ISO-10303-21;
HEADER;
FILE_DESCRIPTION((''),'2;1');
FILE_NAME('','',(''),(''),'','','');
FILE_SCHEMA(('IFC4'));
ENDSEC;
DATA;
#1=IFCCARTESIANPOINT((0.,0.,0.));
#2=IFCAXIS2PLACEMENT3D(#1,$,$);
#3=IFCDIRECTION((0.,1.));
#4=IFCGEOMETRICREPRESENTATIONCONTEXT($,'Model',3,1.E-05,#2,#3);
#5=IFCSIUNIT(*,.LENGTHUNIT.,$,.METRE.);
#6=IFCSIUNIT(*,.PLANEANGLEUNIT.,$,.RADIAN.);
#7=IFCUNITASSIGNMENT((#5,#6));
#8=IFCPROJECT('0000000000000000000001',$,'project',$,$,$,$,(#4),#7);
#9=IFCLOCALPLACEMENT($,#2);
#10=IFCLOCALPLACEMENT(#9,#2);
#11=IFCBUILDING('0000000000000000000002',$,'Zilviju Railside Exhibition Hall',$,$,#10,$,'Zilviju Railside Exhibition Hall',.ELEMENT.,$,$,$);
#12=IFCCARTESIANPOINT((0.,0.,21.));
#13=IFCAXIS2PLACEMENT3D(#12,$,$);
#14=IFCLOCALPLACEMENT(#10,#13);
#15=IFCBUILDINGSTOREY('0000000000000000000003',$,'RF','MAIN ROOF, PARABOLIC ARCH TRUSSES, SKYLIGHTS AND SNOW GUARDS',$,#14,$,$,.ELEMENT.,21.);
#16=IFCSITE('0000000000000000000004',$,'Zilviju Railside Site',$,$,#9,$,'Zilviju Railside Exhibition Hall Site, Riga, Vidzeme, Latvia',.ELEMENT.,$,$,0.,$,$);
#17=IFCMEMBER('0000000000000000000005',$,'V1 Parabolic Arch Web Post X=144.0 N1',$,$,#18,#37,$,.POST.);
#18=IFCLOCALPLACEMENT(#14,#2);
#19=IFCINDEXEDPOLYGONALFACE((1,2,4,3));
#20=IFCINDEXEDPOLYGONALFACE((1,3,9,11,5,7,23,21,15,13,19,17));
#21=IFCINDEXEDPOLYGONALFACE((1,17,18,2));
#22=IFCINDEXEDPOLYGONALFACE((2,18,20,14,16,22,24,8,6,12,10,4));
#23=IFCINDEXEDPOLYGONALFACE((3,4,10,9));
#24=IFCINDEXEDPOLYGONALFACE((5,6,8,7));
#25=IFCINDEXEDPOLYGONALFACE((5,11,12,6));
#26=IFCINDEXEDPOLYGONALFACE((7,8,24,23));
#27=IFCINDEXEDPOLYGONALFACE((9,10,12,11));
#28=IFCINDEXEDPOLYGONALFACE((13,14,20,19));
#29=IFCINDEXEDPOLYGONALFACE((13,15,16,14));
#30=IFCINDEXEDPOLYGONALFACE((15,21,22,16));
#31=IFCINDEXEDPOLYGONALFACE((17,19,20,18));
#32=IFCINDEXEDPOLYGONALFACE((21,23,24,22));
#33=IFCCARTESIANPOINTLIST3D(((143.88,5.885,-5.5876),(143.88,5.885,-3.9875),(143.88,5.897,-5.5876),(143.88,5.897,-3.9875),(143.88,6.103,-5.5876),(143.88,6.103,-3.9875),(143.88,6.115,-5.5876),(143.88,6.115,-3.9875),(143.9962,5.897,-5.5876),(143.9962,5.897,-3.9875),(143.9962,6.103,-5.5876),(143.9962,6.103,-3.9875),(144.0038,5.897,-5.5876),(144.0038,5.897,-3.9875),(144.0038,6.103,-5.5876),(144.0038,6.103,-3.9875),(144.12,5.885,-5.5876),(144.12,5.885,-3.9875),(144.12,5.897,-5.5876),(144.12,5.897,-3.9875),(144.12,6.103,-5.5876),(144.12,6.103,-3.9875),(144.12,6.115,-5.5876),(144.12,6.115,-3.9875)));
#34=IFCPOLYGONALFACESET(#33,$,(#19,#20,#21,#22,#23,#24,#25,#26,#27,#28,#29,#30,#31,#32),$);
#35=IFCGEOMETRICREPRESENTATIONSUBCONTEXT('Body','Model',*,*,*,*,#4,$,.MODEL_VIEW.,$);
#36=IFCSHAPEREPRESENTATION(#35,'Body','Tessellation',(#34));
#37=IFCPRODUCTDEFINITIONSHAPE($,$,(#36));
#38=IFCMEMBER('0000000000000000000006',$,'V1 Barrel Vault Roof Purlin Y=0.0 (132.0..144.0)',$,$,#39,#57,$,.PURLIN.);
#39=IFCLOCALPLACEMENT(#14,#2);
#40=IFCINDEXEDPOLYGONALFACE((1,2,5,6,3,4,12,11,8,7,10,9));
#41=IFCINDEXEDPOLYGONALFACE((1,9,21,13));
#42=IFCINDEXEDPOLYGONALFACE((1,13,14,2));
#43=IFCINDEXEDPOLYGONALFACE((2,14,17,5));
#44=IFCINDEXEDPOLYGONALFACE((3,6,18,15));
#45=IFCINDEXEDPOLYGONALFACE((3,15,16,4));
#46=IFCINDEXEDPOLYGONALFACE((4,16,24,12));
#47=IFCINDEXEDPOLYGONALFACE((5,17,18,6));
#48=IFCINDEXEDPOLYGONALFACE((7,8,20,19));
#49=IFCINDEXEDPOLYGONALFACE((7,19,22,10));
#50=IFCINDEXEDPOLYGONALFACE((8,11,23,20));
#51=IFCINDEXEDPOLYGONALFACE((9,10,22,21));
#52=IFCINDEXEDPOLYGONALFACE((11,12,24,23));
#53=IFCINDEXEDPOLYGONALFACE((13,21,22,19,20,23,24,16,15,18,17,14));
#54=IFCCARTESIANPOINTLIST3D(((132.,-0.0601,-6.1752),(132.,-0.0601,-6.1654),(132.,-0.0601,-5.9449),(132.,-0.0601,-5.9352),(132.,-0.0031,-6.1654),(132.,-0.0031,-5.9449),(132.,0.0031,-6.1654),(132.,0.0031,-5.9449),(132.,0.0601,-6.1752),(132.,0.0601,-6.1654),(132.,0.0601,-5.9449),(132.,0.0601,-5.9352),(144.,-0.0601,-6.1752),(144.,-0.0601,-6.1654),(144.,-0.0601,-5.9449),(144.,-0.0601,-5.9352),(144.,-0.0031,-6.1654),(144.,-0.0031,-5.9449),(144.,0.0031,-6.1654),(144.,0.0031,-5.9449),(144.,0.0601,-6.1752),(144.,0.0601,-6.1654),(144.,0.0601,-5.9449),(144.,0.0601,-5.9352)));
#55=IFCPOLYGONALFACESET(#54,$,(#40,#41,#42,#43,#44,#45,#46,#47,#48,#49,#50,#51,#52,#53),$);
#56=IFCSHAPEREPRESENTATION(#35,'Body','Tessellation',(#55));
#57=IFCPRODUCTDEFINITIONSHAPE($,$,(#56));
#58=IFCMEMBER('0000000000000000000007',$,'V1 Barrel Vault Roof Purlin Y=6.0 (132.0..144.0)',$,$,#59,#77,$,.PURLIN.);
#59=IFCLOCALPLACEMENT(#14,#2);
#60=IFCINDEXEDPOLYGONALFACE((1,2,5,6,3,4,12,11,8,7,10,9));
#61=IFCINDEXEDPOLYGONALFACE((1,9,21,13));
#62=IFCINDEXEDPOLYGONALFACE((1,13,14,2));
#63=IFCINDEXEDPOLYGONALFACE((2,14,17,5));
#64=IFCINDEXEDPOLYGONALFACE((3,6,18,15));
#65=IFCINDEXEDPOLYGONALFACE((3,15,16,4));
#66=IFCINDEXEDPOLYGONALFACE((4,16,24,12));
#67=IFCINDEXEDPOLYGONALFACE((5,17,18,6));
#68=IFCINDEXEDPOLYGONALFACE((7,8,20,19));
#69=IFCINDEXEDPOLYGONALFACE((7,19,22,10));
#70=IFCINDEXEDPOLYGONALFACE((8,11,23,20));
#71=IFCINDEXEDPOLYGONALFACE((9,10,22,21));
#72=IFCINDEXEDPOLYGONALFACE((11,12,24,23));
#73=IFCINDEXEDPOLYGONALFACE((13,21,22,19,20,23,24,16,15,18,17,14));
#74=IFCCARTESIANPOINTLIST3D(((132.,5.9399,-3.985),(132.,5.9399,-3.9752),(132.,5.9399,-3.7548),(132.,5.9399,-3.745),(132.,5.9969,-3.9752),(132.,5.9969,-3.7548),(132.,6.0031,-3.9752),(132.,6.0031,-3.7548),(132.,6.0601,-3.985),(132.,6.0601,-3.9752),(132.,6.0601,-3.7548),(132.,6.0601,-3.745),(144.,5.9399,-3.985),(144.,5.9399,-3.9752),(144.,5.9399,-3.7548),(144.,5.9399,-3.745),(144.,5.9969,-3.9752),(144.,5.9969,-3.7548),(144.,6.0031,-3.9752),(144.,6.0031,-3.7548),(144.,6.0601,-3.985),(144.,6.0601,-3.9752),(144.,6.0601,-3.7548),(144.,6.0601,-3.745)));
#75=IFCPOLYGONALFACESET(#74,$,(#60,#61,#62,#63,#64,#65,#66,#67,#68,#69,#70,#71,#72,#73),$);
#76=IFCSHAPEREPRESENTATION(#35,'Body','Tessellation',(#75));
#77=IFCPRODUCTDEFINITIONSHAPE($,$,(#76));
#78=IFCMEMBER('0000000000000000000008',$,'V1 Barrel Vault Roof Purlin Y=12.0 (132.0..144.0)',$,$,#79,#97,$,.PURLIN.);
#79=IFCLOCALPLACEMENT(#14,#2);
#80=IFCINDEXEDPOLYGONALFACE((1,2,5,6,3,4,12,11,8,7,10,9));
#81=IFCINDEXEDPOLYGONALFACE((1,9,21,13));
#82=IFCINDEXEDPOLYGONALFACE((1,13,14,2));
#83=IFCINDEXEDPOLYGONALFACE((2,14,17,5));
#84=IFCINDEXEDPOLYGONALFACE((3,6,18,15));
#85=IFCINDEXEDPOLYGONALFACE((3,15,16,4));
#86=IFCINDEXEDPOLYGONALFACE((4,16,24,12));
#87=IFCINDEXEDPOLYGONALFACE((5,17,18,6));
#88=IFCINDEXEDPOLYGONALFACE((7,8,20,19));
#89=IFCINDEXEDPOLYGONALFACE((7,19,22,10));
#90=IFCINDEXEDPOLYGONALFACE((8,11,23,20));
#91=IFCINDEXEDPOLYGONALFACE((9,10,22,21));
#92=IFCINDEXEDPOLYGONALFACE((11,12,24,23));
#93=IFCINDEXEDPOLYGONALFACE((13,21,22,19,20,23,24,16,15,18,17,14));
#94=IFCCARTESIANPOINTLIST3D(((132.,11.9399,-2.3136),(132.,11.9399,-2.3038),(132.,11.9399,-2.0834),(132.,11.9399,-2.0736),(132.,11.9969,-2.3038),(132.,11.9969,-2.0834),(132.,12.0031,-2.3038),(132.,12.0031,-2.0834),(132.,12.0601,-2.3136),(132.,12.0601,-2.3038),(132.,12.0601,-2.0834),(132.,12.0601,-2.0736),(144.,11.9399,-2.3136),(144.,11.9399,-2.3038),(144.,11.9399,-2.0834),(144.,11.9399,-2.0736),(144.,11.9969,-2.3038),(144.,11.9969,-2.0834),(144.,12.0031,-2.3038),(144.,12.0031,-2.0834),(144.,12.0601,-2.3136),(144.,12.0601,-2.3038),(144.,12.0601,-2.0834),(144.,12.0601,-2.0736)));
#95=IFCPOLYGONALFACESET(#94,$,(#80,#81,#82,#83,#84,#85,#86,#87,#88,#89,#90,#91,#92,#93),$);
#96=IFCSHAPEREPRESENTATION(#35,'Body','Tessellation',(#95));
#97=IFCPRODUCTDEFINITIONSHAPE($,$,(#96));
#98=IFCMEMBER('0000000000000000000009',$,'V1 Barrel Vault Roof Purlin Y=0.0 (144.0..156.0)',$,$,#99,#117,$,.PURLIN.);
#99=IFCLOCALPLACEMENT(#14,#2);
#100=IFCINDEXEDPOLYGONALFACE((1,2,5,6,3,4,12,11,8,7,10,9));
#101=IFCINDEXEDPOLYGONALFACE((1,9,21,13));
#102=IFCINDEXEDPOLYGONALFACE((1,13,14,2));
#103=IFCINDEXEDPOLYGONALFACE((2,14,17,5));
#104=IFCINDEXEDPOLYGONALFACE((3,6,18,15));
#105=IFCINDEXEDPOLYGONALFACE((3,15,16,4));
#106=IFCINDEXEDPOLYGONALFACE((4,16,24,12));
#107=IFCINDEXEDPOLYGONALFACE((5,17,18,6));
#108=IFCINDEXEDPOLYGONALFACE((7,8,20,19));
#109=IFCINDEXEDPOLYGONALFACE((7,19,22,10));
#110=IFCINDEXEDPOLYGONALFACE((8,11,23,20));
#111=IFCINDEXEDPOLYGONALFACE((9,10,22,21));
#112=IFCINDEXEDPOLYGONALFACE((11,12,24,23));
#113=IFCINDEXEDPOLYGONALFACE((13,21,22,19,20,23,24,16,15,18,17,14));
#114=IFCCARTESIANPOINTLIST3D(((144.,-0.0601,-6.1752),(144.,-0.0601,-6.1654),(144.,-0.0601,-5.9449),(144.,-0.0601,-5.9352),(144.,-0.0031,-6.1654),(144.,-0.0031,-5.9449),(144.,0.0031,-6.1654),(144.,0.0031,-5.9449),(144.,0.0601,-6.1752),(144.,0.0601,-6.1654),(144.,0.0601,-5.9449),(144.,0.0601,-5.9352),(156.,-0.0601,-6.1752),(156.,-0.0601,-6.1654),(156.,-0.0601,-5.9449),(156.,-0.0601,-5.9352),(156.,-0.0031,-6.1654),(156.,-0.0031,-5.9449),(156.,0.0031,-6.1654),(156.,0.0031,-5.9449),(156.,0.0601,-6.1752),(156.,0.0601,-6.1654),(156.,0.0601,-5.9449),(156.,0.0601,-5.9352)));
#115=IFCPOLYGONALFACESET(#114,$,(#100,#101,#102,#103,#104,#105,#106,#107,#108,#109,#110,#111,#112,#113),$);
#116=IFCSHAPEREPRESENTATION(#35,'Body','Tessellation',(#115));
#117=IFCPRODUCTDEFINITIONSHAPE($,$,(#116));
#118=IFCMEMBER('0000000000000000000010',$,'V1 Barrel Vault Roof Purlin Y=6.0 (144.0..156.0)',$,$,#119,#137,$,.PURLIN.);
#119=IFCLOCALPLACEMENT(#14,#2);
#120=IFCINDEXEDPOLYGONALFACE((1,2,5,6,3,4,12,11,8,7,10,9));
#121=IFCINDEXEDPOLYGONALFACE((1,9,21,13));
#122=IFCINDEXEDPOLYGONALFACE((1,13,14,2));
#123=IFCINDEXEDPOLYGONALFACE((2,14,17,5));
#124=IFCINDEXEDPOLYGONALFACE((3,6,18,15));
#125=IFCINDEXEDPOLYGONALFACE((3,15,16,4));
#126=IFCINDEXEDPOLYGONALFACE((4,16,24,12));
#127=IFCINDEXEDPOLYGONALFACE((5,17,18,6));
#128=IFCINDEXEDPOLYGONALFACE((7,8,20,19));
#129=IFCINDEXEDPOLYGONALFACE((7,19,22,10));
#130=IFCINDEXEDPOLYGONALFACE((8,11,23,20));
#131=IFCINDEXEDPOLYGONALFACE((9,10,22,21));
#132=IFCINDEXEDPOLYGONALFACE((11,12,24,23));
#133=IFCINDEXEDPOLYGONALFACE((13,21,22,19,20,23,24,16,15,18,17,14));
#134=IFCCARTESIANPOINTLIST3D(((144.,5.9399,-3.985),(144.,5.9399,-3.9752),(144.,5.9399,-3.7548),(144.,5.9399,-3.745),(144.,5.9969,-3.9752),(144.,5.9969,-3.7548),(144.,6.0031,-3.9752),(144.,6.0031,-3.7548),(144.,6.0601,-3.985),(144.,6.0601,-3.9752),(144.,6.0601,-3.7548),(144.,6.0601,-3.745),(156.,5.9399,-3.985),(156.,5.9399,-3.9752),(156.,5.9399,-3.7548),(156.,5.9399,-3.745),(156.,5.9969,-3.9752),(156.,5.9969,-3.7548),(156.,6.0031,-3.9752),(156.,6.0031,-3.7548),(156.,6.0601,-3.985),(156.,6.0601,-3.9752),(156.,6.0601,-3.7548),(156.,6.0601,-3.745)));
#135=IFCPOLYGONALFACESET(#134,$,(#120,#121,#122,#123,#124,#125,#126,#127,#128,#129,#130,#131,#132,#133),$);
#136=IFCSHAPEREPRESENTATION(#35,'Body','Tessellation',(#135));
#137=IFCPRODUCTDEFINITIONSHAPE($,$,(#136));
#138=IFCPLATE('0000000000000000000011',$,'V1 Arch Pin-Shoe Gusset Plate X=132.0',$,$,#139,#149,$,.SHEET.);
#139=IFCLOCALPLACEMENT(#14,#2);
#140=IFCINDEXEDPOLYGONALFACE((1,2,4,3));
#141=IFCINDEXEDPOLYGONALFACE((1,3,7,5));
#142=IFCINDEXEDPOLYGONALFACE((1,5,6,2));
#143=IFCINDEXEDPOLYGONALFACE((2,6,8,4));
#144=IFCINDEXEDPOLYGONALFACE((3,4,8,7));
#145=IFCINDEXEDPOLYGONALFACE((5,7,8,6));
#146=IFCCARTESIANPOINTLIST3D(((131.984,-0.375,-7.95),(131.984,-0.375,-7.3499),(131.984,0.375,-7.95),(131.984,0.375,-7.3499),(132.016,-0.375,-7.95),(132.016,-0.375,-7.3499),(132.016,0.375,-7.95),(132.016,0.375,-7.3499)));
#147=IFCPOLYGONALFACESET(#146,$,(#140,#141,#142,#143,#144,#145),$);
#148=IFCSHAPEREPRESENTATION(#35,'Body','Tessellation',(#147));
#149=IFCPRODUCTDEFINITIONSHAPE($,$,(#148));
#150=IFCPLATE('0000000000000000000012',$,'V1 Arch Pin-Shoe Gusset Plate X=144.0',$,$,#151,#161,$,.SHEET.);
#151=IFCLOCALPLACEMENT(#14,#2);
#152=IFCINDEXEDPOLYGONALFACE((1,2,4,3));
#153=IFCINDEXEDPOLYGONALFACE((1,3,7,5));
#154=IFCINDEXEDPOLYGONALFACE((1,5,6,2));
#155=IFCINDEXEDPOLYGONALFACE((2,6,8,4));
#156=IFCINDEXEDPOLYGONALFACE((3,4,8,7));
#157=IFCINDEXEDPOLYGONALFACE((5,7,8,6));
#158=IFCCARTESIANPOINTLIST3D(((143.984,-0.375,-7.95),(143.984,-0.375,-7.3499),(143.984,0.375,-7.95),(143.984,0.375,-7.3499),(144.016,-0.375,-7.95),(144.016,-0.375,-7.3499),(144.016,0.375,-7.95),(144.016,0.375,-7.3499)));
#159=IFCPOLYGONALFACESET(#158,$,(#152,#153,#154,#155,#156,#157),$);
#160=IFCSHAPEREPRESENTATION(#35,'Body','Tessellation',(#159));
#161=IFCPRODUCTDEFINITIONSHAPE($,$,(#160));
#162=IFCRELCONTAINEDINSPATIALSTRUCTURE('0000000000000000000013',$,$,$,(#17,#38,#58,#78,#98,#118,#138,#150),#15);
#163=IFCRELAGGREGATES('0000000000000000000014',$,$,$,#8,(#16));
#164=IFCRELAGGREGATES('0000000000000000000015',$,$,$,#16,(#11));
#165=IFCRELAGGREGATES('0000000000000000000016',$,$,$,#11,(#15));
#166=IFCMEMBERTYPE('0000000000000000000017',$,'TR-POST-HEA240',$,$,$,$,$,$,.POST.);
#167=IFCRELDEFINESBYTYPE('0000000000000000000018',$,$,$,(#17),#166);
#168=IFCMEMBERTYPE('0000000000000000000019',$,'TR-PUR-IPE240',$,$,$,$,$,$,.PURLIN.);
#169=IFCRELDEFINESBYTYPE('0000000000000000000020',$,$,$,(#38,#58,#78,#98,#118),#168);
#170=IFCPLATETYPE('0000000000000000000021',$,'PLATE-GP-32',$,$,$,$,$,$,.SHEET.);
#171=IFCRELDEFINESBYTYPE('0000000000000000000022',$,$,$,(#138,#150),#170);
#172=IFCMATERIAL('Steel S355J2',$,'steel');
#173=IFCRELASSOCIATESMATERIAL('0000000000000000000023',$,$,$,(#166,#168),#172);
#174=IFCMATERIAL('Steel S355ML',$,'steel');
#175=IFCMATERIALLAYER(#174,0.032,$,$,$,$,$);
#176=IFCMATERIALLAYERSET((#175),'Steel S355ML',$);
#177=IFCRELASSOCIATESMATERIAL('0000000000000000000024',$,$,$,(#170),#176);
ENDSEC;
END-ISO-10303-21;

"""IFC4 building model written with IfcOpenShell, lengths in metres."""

from ifc_helpers import new_model, si_unit, direction, frame, origin, origin_2d, place, context, subcontext, project, spatial, rectangle, i_section, extrude, material, layer, layer_set, material_profile, profile_set, type_object, element, save


model = new_model("IFC4")

# Units and contexts
model_context = context("Model", 3, precision=1e-05, world=origin(), true_north=direction((0.0, 1.0)))
body_context = subcontext(model_context, "Body", "Model", "MODEL_VIEW")
ifc_project = project(units=[si_unit("LENGTHUNIT", "METRE"), si_unit("PLANEANGLEUNIT", "RADIAN")], contexts=[model_context])

# Site, building, storey
site_placement = place(None, origin())
site = spatial("IfcSite", under=ifc_project, at=site_placement, Name="Zilviju Railside Site", LongName="Zilviju Railside Exhibition Hall Site, Riga, Vidzeme, Latvia", CompositionType="ELEMENT", RefElevation=0.0)
building_placement = place(site_placement, origin())
building = spatial("IfcBuilding", under=site, at=building_placement, Name="Zilviju Railside Exhibition Hall", LongName="Zilviju Railside Exhibition Hall", CompositionType="ELEMENT")
storey_placement = place(building_placement, frame((0.0, 0.0, 21.0)))
storey = spatial("IfcBuildingStorey", under=building, at=storey_placement, Name="RF", Description="MAIN ROOF, PARABOLIC ARCH TRUSSES, SKYLIGHTS AND SNOW GUARDS", CompositionType="ELEMENT", Elevation=21.0)

# Members
ifc_material_1 = material(Name="Steel S355J2", Category="steel")
ifc_material_profile_1 = material_profile(ifc_material_1, i_section(OverallWidth=0.24, OverallDepth=0.23, WebThickness=0.0076, FlangeThickness=0.012, at=origin_2d()), Name="HEA 240")
ifc_profile_set_1 = profile_set([ifc_material_profile_1], Name="Steel S355J2")
member_type_1 = type_object("IfcMemberType", Name="TR-POST-HEA240", PredefinedType="POST", material=ifc_profile_set_1)
for number, where, z_axis, x_axis, name in (
    (1, (144.0, 6.0, -5.5876), (0.0, 0.0, 1.0), (1.0, 0.0, 0.0), "V1 Parabolic Arch Web Post X=144.0 N1"),
):
    element("IfcMember", number, at=place(storey_placement, frame(where, z_axis=z_axis, x_axis=x_axis)), inside=storey, type_object=member_type_1, Name=name, PredefinedType="POST", context=body_context, shape_type="SweptSolid", body=[
        extrude(i_section(OverallWidth=0.24, OverallDepth=0.23, WebThickness=0.0076, FlangeThickness=0.012, at=origin_2d()), origin(), (0.0, 0.0, 1.0), 1.6001),
    ])
ifc_material_profile_2 = material_profile(ifc_material_1, i_section(OverallWidth=0.1201, OverallDepth=0.24, WebThickness=0.0061, FlangeThickness=0.0098, at=origin_2d()), Name="IPE 240")
ifc_profile_set_2 = profile_set([ifc_material_profile_2], Name="Steel S355J2")
member_type_2 = type_object("IfcMemberType", Name="TR-PUR-IPE240", PredefinedType="PURLIN", material=ifc_profile_set_2)
for number, where, z_axis, x_axis, name in (
    (2, (132.0, 0.0, -6.0552), (1.0, 0.0, 0.0), (0.0, 1.0, 0.0), "V1 Barrel Vault Roof Purlin Y=0.0 (132.0..144.0)"),
    (3, (132.0, 6.0, -3.865), (1.0, 0.0, 0.0), (0.0, 1.0, 0.0), "V1 Barrel Vault Roof Purlin Y=6.0 (132.0..144.0)"),
    (4, (132.0, 12.0, -2.1936), (1.0, 0.0, 0.0), (0.0, 1.0, 0.0), "V1 Barrel Vault Roof Purlin Y=12.0 (132.0..144.0)"),
    (5, (144.0, 0.0, -6.0552), (1.0, 0.0, 0.0), (0.0, 1.0, 0.0), "V1 Barrel Vault Roof Purlin Y=0.0 (144.0..156.0)"),
    (6, (144.0, 6.0, -3.865), (1.0, 0.0, 0.0), (0.0, 1.0, 0.0), "V1 Barrel Vault Roof Purlin Y=6.0 (144.0..156.0)"),
):
    element("IfcMember", number, at=place(storey_placement, frame(where, z_axis=z_axis, x_axis=x_axis)), inside=storey, type_object=member_type_2, Name=name, PredefinedType="PURLIN", context=body_context, shape_type="SweptSolid", body=[
        extrude(i_section(OverallWidth=0.1201, OverallDepth=0.24, WebThickness=0.0061, FlangeThickness=0.0098, at=origin_2d()), origin(), (0.0, 0.0, 1.0), 12.0),
    ])

# Plates
ifc_material_2 = material(Name="Steel S355ML", Category="steel")
ifc_layer = layer(ifc_material_2, 0.032)
ifc_layer_set = layer_set([ifc_layer], Name="Steel S355ML")
plate_type = type_object("IfcPlateType", Name="PLATE-GP-32", PredefinedType="SHEET", material=ifc_layer_set)
for number, where, z_axis, x_axis, name in (
    (7, (132.0, 0.0, -7.95), (0.0, 0.0, 1.0), (1.0, 0.0, 0.0), "V1 Arch Pin-Shoe Gusset Plate X=132.0"),
    (8, (144.0, 0.0, -7.95), (0.0, 0.0, 1.0), (1.0, 0.0, 0.0), "V1 Arch Pin-Shoe Gusset Plate X=144.0"),
):
    element("IfcPlate", number, at=place(storey_placement, frame(where, z_axis=z_axis, x_axis=x_axis)), inside=storey, type_object=plate_type, Name=name, PredefinedType="SHEET", context=body_context, shape_type="SweptSolid", body=[
        extrude(rectangle(XDim=0.032, YDim=0.75, at=origin_2d()), origin(), (0.0, 0.0, 1.0), 0.6001),
    ])

save(model, "model.ifc")
